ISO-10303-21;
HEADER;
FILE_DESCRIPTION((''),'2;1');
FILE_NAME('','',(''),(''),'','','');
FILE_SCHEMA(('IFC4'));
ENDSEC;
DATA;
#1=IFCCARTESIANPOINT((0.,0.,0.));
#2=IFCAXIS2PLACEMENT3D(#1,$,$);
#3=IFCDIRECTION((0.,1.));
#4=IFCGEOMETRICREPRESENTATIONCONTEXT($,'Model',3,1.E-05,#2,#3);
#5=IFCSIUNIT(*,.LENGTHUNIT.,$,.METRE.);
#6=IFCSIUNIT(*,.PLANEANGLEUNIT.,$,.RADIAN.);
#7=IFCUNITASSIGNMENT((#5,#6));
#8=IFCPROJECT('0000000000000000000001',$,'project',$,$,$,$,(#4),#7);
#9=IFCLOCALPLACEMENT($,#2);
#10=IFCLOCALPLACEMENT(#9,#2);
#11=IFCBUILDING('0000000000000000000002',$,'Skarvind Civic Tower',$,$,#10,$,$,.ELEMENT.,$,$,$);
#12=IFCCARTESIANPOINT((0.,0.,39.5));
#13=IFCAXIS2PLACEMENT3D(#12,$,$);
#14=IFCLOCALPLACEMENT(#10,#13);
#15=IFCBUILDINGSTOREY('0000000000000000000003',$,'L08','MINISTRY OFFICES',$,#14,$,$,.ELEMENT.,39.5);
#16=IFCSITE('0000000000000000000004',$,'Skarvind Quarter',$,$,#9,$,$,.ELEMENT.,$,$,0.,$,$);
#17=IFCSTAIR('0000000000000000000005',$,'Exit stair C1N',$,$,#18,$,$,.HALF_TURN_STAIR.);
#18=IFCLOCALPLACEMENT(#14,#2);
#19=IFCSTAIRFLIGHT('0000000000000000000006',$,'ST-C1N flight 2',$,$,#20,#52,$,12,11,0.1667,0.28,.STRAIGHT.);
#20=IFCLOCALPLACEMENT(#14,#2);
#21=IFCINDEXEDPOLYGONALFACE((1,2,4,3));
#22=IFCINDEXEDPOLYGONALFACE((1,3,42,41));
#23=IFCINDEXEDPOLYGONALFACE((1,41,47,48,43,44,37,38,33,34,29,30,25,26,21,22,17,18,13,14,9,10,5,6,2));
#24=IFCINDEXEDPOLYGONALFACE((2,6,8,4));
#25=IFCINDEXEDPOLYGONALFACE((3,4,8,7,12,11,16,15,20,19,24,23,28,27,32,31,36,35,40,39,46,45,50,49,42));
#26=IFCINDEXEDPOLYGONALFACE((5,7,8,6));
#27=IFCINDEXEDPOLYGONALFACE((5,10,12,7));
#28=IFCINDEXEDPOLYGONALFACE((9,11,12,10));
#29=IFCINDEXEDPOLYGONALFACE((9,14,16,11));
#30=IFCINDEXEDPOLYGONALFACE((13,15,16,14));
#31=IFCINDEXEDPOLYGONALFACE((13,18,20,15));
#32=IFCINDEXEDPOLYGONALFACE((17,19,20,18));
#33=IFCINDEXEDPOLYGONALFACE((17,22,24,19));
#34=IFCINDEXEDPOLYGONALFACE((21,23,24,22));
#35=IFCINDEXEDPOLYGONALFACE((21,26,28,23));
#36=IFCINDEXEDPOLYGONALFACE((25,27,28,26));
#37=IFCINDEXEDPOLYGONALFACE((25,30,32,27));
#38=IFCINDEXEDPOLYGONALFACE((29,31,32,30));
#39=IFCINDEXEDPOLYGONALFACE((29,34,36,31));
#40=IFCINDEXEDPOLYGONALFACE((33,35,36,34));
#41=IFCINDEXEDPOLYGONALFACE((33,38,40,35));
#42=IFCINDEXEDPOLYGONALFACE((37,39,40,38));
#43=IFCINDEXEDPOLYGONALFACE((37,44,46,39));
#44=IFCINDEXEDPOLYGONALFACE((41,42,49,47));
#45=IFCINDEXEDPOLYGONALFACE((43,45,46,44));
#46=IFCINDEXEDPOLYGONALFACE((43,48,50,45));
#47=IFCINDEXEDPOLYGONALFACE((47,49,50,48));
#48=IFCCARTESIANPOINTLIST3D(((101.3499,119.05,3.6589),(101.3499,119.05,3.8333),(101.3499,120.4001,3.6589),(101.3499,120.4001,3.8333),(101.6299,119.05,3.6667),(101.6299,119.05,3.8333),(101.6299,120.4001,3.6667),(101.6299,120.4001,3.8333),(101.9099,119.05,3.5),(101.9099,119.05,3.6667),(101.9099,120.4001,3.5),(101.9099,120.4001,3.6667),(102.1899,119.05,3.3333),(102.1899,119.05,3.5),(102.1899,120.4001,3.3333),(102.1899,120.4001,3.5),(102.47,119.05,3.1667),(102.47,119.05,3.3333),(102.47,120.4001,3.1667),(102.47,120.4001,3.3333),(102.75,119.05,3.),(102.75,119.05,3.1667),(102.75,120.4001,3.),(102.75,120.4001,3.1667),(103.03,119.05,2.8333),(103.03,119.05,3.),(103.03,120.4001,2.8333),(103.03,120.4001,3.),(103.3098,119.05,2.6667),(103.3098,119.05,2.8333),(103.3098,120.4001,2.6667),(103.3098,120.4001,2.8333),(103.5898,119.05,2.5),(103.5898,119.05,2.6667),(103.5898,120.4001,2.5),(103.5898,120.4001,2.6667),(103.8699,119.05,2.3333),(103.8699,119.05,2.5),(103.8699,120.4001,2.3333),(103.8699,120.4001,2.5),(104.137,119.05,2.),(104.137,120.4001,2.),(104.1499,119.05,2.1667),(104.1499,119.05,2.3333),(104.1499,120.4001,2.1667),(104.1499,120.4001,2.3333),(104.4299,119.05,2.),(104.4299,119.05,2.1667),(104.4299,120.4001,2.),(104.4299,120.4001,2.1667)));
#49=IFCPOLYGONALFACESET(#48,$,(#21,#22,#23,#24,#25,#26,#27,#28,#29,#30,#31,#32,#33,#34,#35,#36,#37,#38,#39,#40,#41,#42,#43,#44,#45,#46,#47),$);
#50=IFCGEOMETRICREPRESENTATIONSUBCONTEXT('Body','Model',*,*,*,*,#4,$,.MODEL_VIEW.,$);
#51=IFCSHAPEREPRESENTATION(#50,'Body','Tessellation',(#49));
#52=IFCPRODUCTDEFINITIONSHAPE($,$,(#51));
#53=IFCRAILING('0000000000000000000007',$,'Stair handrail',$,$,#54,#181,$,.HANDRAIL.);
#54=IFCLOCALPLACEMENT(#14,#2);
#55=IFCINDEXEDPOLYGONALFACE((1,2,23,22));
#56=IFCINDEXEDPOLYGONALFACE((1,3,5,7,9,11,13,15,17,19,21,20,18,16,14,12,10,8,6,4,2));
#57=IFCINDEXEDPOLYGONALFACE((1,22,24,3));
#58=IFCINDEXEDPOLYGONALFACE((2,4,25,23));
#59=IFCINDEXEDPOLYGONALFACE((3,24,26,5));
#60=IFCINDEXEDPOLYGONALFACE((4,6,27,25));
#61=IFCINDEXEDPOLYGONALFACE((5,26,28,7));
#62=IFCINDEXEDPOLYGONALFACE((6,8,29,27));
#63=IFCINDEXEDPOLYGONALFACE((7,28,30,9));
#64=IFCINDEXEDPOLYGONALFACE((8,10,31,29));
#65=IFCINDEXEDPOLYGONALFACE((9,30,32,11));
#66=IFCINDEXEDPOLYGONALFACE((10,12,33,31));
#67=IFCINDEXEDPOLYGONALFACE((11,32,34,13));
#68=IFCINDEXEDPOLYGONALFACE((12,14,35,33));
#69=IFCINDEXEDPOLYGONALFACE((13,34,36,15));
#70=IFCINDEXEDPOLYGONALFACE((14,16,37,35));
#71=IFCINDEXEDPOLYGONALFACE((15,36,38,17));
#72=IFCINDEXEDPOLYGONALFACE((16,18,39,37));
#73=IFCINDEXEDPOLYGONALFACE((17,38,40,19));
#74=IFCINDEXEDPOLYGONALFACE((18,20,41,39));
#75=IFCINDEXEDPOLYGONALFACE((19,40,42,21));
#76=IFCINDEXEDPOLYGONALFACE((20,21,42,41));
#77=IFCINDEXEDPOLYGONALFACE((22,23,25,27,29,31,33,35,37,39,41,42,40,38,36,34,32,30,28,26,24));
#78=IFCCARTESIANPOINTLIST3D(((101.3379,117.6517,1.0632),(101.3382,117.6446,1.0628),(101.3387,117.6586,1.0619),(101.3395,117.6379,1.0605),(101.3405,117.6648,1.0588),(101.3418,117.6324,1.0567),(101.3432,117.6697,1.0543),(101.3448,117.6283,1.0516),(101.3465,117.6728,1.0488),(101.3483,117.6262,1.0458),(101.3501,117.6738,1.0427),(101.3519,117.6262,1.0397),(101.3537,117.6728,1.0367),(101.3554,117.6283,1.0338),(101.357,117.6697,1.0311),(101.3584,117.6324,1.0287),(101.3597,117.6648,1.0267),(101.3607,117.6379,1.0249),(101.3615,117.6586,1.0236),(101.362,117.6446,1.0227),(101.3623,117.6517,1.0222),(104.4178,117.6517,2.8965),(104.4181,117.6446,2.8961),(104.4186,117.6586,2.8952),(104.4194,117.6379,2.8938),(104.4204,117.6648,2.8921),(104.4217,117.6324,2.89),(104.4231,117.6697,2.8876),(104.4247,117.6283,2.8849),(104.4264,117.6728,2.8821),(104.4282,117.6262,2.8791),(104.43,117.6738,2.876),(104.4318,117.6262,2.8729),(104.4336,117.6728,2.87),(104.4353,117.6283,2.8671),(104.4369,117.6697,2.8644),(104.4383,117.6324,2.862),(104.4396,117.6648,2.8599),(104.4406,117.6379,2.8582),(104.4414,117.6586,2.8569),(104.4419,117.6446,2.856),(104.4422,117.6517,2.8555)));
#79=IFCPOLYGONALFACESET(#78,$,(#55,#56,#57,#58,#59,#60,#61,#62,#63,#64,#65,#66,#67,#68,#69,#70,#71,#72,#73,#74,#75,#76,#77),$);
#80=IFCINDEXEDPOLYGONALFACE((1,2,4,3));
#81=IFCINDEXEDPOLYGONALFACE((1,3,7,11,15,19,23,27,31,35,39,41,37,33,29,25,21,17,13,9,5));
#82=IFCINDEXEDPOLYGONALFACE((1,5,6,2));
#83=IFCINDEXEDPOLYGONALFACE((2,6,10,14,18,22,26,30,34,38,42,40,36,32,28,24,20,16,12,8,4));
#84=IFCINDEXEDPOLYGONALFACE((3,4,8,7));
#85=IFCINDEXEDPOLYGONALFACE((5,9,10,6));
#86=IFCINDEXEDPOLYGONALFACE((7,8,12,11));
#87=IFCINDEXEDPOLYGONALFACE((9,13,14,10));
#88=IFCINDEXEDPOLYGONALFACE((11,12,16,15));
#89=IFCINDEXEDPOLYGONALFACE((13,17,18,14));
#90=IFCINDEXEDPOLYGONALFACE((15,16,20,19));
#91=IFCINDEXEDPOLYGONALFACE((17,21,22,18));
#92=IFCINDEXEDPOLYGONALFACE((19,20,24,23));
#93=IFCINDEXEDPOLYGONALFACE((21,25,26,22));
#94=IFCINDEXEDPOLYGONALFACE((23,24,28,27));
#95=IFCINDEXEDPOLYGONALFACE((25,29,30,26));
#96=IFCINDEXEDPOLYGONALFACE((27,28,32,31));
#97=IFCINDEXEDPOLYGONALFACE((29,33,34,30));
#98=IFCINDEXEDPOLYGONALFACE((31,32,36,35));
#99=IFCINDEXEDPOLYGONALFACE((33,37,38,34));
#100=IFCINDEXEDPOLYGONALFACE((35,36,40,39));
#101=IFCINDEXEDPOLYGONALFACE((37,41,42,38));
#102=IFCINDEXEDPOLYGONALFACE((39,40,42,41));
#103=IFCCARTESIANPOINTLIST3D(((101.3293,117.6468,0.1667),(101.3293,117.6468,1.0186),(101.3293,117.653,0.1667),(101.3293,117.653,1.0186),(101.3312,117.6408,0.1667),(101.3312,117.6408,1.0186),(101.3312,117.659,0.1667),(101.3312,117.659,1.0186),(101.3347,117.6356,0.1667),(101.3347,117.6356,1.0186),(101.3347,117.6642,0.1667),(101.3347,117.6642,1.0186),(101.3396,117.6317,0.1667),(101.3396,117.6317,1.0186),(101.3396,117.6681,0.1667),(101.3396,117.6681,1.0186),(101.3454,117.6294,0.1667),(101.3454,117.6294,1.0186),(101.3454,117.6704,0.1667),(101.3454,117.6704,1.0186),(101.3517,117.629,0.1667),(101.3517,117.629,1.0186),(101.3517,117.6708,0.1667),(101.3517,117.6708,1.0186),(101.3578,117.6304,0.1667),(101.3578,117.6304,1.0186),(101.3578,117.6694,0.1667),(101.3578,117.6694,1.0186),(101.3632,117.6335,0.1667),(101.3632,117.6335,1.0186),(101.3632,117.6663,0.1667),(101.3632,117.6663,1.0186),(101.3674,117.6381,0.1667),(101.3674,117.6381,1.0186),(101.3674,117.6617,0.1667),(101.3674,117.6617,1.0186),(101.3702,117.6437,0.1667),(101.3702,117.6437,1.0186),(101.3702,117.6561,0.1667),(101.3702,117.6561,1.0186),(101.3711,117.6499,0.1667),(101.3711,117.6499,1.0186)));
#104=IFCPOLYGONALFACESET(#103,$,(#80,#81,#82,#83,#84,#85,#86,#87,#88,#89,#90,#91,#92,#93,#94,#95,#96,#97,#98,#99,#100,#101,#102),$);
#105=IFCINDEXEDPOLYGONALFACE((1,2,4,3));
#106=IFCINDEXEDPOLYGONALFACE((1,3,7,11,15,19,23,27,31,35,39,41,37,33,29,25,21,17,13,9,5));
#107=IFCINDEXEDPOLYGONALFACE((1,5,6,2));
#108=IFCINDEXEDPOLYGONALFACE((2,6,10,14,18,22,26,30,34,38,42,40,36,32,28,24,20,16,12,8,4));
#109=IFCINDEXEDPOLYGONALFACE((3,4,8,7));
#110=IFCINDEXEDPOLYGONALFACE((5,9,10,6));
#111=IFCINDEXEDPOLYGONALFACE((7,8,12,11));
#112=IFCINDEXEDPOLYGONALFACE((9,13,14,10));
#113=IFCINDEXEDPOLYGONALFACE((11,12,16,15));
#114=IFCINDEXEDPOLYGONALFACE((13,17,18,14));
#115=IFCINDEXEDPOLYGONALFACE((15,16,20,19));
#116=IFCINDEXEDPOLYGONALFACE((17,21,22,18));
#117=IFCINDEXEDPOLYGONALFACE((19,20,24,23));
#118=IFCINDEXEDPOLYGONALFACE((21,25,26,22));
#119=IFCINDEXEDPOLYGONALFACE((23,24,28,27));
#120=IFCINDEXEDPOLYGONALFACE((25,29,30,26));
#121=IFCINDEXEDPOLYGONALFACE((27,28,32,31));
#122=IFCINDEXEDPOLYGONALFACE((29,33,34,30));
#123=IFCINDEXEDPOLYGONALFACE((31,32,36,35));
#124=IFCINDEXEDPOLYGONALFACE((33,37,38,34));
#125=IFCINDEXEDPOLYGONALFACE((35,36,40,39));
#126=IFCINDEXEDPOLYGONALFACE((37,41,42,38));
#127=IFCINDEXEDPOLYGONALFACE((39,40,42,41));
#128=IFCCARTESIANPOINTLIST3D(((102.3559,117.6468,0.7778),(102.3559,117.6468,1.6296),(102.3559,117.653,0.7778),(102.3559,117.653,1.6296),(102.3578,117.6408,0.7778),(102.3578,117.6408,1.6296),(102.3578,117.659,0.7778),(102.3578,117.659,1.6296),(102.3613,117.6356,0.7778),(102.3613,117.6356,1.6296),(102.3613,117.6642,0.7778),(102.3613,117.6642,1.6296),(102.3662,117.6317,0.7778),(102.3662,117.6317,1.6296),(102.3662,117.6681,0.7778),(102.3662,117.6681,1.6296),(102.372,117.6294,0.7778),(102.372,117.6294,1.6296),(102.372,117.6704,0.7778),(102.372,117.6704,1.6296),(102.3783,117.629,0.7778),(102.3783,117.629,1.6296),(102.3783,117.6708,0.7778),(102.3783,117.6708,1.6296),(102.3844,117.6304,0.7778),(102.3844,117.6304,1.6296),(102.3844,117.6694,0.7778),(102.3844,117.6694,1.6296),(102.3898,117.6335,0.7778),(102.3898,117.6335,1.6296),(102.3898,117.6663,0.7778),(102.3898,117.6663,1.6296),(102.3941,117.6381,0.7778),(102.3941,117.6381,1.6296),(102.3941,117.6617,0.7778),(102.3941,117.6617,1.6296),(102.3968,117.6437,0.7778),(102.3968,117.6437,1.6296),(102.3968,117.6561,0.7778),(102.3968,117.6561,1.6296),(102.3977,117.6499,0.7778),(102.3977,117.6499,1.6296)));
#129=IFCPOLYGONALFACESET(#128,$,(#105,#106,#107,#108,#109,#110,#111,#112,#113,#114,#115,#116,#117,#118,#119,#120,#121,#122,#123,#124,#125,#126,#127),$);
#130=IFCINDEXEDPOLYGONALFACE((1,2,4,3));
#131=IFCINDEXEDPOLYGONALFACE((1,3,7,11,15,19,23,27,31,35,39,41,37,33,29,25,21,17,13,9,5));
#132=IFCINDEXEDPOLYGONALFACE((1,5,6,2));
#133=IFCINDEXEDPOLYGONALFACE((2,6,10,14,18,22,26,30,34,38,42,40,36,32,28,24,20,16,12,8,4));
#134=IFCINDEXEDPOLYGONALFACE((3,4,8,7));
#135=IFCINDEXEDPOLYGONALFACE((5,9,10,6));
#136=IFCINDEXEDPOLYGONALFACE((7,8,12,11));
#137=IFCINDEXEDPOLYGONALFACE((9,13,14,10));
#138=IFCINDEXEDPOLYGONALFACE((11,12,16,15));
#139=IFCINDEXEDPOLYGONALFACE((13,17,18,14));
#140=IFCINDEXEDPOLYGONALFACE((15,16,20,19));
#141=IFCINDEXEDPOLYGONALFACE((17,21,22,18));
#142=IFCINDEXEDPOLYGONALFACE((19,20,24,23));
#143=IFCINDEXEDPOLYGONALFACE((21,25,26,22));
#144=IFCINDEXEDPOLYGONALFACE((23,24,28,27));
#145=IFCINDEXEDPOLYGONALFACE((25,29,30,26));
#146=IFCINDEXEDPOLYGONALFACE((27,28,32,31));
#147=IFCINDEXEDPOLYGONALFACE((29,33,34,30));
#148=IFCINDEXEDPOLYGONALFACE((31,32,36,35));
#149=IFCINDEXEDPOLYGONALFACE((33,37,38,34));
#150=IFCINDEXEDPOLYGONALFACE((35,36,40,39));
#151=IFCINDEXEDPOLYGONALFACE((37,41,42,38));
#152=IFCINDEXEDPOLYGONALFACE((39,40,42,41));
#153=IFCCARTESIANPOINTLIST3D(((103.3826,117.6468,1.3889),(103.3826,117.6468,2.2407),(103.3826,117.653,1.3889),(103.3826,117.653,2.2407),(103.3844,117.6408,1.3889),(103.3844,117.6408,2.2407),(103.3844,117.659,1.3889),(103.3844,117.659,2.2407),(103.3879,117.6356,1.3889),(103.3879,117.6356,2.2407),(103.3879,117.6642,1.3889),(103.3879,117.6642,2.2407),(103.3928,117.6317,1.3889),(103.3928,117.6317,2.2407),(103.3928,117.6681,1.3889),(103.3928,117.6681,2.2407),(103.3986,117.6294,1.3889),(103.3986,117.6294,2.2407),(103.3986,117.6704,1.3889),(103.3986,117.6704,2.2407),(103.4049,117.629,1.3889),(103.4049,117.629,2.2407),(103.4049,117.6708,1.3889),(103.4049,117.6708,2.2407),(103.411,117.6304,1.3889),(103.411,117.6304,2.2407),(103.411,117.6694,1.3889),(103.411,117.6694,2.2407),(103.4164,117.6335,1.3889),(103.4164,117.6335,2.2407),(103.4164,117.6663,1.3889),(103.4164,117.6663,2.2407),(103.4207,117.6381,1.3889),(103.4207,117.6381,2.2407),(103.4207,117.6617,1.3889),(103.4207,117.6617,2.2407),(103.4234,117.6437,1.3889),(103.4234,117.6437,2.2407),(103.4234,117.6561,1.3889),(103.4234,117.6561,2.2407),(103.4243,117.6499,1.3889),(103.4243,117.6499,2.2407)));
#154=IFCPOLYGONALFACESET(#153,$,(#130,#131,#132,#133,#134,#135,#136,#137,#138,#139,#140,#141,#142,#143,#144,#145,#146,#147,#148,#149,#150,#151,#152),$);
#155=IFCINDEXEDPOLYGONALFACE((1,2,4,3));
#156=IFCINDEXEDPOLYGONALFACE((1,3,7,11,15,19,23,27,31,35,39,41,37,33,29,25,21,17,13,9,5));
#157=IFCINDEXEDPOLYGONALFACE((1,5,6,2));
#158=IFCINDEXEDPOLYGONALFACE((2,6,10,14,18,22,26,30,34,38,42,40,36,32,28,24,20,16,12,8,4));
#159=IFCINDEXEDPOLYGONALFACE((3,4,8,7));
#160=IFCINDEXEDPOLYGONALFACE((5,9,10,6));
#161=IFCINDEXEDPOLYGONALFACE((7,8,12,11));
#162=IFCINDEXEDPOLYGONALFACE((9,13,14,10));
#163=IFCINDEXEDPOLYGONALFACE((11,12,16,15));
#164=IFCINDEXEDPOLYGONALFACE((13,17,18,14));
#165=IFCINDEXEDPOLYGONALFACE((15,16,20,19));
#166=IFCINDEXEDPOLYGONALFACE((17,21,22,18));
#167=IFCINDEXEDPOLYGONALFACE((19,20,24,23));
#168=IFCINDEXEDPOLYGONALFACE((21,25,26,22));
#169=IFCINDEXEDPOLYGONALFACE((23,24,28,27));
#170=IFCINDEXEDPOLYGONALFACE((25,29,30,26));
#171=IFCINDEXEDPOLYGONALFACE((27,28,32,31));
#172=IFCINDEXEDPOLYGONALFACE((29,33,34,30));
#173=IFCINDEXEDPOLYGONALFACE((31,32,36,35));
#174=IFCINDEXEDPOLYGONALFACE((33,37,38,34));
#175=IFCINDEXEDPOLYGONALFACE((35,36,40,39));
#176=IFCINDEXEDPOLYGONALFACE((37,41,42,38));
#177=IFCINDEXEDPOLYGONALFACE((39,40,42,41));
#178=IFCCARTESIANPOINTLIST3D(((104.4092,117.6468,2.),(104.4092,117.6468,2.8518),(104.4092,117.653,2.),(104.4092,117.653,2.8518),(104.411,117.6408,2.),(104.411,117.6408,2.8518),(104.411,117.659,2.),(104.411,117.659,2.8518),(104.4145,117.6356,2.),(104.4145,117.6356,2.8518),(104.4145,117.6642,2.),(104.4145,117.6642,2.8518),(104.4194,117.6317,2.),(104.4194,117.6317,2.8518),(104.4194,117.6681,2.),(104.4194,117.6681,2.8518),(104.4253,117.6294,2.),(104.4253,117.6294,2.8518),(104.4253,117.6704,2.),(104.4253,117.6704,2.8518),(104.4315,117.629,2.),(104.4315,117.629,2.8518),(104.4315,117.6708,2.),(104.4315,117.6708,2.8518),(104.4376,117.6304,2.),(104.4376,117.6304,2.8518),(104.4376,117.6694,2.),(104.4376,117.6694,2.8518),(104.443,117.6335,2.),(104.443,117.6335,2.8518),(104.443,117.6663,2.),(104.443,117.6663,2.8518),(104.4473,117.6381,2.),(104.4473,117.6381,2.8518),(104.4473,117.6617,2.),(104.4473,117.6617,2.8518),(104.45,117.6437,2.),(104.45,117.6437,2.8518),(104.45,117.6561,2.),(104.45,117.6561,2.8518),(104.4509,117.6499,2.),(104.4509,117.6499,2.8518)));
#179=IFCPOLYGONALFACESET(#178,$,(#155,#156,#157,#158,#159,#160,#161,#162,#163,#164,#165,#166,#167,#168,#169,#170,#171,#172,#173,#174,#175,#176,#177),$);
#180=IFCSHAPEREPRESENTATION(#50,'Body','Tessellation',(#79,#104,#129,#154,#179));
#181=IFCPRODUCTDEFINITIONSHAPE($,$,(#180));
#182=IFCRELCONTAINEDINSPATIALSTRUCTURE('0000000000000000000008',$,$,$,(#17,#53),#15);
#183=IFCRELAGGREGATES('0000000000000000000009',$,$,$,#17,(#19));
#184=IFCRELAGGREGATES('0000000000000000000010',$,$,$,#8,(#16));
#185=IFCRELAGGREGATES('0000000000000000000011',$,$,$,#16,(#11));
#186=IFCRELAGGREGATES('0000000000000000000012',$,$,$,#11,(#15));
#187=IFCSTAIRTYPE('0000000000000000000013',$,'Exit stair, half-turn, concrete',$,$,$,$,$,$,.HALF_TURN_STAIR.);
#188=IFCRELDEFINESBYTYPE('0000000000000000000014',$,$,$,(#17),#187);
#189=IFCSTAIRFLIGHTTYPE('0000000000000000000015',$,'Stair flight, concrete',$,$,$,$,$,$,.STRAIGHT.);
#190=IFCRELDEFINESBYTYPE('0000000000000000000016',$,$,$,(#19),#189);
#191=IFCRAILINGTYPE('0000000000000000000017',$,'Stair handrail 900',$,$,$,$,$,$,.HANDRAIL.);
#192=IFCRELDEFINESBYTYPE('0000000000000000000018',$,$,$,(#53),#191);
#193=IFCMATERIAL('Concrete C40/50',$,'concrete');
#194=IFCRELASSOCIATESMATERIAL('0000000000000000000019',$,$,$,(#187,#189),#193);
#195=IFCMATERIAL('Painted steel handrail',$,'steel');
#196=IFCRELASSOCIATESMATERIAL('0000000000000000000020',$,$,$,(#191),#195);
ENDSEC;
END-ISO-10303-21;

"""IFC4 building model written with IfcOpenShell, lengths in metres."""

from ifc_helpers import new_model, si_unit, direction, frame, origin, origin_2d, place, context, subcontext, project, spatial, polyline, circle, outline, extrude, material, type_object, element, aggregate, save


model = new_model("IFC4")

# Units and contexts
model_context = context("Model", 3, precision=1e-05, world=origin(), true_north=direction((0.0, 1.0)))
body_context = subcontext(model_context, "Body", "Model", "MODEL_VIEW")
ifc_project = project(units=[si_unit("LENGTHUNIT", "METRE"), si_unit("PLANEANGLEUNIT", "RADIAN")], contexts=[model_context])

# Site, building, storey
site_placement = place(None, origin())
site = spatial("IfcSite", under=ifc_project, at=site_placement, Name="Skarvind Quarter", CompositionType="ELEMENT", RefElevation=0.0)
building_placement = place(site_placement, origin())
building = spatial("IfcBuilding", under=site, at=building_placement, Name="Skarvind Civic Tower", CompositionType="ELEMENT")
storey_placement = place(building_placement, frame((0.0, 0.0, 39.5)))
storey = spatial("IfcBuildingStorey", under=building, at=storey_placement, Name="L08", Description="MINISTRY OFFICES", CompositionType="ELEMENT", Elevation=39.5)

# Stair, stair flight
ifc_material_1 = material(Name="Concrete C40/50", Category="concrete")
stair_type = type_object("IfcStairType", Name="Exit stair, half-turn, concrete", PredefinedType="HALF_TURN_STAIR", material=ifc_material_1)
stair_placement = place(storey_placement, origin())
stair = element("IfcStair", 1, at=stair_placement, inside=storey, type_object=stair_type, Name="Exit stair C1N", PredefinedType="HALF_TURN_STAIR")
stair_flight_type = type_object("IfcStairFlightType", Name="Stair flight, concrete", PredefinedType="STRAIGHT", material=ifc_material_1)
stair_flight_1_placement = place(storey_placement, frame((104.4299, 119.7251, 2.0), z_axis=(0.0, 0.0, 1.0), x_axis=(-1.0, 0.0, 0.0)))
stair_flight_1 = element("IfcStairFlight", 2, at=stair_flight_1_placement, type_object=stair_flight_type, Name="ST-C1N flight 2", NumberOfRisers=12, NumberOfTreads=11, PredefinedType="STRAIGHT", RiserHeight=0.1667, TreadLength=0.28, context=body_context, shape_type="SweptSolid", body=[
    extrude(outline(polyline([(0.0, 0.0), (0.0, 0.1667), (0.28, 0.1667), (0.28, 0.3333), (0.5601, 0.3333), (0.5601, 0.5), (0.8401, 0.5), (0.8401, 0.6667), (1.1201, 0.6667), (1.1201, 0.8333), (1.3999, 0.8333), (1.3999, 1.0), (1.6799, 1.0), (1.6799, 1.1667), (1.96, 1.1667), (1.96, 1.3333), (2.24, 1.3333), (2.24, 1.5), (2.52, 1.5), (2.52, 1.6667), (2.8, 1.6667), (2.8, 1.8333), (3.0801, 1.8333), (3.0801, 2.0), (3.0801, 1.6589), (0.293, 0.0), (0.0, 0.0)])), frame((0.0, 0.675, 0.0), z_axis=(0.0, -1.0, 0.0), x_axis=(1.0, 0.0, 0.0)), (0.0, 0.0, 1.0), 1.3501),
])
aggregate(stair, [stair_flight_1])

# Railing
ifc_material_2 = material(Name="Painted steel handrail", Category="steel")
railing_type = type_object("IfcRailingType", Name="Stair handrail 900", PredefinedType="HANDRAIL", material=ifc_material_2)
railing_1_placement = place(storey_placement, frame((101.3501, 117.6499, 0.1667)))
element("IfcRailing", 3, at=railing_1_placement, inside=storey, type_object=railing_type, Name="Stair handrail", PredefinedType="HANDRAIL", context=body_context, shape_type="SweptSolid", body=[
    extrude(circle(Radius=0.0239, at=origin_2d()), frame((0.0, 0.0, 0.876), z_axis=(0.859291, 0.0, 0.511487), x_axis=(0.0, 1.0, 0.0)), (0.0, 0.0, 1.0), 3.5842),
    extrude(circle(Radius=0.021, at=origin_2d()), origin(), (0.0, 0.0, 1.0), 0.8518),
    extrude(circle(Radius=0.021, at=origin_2d()), frame((1.0266, 0.0, 0.6111)), (0.0, 0.0, 1.0), 0.8518),
    extrude(circle(Radius=0.021, at=origin_2d()), frame((2.0532, 0.0, 1.2222)), (0.0, 0.0, 1.0), 0.8518),
    extrude(circle(Radius=0.021, at=origin_2d()), frame((3.0798, 0.0, 1.8333)), (0.0, 0.0, 1.0), 0.8518),
])

save(model, "model.ifc")
